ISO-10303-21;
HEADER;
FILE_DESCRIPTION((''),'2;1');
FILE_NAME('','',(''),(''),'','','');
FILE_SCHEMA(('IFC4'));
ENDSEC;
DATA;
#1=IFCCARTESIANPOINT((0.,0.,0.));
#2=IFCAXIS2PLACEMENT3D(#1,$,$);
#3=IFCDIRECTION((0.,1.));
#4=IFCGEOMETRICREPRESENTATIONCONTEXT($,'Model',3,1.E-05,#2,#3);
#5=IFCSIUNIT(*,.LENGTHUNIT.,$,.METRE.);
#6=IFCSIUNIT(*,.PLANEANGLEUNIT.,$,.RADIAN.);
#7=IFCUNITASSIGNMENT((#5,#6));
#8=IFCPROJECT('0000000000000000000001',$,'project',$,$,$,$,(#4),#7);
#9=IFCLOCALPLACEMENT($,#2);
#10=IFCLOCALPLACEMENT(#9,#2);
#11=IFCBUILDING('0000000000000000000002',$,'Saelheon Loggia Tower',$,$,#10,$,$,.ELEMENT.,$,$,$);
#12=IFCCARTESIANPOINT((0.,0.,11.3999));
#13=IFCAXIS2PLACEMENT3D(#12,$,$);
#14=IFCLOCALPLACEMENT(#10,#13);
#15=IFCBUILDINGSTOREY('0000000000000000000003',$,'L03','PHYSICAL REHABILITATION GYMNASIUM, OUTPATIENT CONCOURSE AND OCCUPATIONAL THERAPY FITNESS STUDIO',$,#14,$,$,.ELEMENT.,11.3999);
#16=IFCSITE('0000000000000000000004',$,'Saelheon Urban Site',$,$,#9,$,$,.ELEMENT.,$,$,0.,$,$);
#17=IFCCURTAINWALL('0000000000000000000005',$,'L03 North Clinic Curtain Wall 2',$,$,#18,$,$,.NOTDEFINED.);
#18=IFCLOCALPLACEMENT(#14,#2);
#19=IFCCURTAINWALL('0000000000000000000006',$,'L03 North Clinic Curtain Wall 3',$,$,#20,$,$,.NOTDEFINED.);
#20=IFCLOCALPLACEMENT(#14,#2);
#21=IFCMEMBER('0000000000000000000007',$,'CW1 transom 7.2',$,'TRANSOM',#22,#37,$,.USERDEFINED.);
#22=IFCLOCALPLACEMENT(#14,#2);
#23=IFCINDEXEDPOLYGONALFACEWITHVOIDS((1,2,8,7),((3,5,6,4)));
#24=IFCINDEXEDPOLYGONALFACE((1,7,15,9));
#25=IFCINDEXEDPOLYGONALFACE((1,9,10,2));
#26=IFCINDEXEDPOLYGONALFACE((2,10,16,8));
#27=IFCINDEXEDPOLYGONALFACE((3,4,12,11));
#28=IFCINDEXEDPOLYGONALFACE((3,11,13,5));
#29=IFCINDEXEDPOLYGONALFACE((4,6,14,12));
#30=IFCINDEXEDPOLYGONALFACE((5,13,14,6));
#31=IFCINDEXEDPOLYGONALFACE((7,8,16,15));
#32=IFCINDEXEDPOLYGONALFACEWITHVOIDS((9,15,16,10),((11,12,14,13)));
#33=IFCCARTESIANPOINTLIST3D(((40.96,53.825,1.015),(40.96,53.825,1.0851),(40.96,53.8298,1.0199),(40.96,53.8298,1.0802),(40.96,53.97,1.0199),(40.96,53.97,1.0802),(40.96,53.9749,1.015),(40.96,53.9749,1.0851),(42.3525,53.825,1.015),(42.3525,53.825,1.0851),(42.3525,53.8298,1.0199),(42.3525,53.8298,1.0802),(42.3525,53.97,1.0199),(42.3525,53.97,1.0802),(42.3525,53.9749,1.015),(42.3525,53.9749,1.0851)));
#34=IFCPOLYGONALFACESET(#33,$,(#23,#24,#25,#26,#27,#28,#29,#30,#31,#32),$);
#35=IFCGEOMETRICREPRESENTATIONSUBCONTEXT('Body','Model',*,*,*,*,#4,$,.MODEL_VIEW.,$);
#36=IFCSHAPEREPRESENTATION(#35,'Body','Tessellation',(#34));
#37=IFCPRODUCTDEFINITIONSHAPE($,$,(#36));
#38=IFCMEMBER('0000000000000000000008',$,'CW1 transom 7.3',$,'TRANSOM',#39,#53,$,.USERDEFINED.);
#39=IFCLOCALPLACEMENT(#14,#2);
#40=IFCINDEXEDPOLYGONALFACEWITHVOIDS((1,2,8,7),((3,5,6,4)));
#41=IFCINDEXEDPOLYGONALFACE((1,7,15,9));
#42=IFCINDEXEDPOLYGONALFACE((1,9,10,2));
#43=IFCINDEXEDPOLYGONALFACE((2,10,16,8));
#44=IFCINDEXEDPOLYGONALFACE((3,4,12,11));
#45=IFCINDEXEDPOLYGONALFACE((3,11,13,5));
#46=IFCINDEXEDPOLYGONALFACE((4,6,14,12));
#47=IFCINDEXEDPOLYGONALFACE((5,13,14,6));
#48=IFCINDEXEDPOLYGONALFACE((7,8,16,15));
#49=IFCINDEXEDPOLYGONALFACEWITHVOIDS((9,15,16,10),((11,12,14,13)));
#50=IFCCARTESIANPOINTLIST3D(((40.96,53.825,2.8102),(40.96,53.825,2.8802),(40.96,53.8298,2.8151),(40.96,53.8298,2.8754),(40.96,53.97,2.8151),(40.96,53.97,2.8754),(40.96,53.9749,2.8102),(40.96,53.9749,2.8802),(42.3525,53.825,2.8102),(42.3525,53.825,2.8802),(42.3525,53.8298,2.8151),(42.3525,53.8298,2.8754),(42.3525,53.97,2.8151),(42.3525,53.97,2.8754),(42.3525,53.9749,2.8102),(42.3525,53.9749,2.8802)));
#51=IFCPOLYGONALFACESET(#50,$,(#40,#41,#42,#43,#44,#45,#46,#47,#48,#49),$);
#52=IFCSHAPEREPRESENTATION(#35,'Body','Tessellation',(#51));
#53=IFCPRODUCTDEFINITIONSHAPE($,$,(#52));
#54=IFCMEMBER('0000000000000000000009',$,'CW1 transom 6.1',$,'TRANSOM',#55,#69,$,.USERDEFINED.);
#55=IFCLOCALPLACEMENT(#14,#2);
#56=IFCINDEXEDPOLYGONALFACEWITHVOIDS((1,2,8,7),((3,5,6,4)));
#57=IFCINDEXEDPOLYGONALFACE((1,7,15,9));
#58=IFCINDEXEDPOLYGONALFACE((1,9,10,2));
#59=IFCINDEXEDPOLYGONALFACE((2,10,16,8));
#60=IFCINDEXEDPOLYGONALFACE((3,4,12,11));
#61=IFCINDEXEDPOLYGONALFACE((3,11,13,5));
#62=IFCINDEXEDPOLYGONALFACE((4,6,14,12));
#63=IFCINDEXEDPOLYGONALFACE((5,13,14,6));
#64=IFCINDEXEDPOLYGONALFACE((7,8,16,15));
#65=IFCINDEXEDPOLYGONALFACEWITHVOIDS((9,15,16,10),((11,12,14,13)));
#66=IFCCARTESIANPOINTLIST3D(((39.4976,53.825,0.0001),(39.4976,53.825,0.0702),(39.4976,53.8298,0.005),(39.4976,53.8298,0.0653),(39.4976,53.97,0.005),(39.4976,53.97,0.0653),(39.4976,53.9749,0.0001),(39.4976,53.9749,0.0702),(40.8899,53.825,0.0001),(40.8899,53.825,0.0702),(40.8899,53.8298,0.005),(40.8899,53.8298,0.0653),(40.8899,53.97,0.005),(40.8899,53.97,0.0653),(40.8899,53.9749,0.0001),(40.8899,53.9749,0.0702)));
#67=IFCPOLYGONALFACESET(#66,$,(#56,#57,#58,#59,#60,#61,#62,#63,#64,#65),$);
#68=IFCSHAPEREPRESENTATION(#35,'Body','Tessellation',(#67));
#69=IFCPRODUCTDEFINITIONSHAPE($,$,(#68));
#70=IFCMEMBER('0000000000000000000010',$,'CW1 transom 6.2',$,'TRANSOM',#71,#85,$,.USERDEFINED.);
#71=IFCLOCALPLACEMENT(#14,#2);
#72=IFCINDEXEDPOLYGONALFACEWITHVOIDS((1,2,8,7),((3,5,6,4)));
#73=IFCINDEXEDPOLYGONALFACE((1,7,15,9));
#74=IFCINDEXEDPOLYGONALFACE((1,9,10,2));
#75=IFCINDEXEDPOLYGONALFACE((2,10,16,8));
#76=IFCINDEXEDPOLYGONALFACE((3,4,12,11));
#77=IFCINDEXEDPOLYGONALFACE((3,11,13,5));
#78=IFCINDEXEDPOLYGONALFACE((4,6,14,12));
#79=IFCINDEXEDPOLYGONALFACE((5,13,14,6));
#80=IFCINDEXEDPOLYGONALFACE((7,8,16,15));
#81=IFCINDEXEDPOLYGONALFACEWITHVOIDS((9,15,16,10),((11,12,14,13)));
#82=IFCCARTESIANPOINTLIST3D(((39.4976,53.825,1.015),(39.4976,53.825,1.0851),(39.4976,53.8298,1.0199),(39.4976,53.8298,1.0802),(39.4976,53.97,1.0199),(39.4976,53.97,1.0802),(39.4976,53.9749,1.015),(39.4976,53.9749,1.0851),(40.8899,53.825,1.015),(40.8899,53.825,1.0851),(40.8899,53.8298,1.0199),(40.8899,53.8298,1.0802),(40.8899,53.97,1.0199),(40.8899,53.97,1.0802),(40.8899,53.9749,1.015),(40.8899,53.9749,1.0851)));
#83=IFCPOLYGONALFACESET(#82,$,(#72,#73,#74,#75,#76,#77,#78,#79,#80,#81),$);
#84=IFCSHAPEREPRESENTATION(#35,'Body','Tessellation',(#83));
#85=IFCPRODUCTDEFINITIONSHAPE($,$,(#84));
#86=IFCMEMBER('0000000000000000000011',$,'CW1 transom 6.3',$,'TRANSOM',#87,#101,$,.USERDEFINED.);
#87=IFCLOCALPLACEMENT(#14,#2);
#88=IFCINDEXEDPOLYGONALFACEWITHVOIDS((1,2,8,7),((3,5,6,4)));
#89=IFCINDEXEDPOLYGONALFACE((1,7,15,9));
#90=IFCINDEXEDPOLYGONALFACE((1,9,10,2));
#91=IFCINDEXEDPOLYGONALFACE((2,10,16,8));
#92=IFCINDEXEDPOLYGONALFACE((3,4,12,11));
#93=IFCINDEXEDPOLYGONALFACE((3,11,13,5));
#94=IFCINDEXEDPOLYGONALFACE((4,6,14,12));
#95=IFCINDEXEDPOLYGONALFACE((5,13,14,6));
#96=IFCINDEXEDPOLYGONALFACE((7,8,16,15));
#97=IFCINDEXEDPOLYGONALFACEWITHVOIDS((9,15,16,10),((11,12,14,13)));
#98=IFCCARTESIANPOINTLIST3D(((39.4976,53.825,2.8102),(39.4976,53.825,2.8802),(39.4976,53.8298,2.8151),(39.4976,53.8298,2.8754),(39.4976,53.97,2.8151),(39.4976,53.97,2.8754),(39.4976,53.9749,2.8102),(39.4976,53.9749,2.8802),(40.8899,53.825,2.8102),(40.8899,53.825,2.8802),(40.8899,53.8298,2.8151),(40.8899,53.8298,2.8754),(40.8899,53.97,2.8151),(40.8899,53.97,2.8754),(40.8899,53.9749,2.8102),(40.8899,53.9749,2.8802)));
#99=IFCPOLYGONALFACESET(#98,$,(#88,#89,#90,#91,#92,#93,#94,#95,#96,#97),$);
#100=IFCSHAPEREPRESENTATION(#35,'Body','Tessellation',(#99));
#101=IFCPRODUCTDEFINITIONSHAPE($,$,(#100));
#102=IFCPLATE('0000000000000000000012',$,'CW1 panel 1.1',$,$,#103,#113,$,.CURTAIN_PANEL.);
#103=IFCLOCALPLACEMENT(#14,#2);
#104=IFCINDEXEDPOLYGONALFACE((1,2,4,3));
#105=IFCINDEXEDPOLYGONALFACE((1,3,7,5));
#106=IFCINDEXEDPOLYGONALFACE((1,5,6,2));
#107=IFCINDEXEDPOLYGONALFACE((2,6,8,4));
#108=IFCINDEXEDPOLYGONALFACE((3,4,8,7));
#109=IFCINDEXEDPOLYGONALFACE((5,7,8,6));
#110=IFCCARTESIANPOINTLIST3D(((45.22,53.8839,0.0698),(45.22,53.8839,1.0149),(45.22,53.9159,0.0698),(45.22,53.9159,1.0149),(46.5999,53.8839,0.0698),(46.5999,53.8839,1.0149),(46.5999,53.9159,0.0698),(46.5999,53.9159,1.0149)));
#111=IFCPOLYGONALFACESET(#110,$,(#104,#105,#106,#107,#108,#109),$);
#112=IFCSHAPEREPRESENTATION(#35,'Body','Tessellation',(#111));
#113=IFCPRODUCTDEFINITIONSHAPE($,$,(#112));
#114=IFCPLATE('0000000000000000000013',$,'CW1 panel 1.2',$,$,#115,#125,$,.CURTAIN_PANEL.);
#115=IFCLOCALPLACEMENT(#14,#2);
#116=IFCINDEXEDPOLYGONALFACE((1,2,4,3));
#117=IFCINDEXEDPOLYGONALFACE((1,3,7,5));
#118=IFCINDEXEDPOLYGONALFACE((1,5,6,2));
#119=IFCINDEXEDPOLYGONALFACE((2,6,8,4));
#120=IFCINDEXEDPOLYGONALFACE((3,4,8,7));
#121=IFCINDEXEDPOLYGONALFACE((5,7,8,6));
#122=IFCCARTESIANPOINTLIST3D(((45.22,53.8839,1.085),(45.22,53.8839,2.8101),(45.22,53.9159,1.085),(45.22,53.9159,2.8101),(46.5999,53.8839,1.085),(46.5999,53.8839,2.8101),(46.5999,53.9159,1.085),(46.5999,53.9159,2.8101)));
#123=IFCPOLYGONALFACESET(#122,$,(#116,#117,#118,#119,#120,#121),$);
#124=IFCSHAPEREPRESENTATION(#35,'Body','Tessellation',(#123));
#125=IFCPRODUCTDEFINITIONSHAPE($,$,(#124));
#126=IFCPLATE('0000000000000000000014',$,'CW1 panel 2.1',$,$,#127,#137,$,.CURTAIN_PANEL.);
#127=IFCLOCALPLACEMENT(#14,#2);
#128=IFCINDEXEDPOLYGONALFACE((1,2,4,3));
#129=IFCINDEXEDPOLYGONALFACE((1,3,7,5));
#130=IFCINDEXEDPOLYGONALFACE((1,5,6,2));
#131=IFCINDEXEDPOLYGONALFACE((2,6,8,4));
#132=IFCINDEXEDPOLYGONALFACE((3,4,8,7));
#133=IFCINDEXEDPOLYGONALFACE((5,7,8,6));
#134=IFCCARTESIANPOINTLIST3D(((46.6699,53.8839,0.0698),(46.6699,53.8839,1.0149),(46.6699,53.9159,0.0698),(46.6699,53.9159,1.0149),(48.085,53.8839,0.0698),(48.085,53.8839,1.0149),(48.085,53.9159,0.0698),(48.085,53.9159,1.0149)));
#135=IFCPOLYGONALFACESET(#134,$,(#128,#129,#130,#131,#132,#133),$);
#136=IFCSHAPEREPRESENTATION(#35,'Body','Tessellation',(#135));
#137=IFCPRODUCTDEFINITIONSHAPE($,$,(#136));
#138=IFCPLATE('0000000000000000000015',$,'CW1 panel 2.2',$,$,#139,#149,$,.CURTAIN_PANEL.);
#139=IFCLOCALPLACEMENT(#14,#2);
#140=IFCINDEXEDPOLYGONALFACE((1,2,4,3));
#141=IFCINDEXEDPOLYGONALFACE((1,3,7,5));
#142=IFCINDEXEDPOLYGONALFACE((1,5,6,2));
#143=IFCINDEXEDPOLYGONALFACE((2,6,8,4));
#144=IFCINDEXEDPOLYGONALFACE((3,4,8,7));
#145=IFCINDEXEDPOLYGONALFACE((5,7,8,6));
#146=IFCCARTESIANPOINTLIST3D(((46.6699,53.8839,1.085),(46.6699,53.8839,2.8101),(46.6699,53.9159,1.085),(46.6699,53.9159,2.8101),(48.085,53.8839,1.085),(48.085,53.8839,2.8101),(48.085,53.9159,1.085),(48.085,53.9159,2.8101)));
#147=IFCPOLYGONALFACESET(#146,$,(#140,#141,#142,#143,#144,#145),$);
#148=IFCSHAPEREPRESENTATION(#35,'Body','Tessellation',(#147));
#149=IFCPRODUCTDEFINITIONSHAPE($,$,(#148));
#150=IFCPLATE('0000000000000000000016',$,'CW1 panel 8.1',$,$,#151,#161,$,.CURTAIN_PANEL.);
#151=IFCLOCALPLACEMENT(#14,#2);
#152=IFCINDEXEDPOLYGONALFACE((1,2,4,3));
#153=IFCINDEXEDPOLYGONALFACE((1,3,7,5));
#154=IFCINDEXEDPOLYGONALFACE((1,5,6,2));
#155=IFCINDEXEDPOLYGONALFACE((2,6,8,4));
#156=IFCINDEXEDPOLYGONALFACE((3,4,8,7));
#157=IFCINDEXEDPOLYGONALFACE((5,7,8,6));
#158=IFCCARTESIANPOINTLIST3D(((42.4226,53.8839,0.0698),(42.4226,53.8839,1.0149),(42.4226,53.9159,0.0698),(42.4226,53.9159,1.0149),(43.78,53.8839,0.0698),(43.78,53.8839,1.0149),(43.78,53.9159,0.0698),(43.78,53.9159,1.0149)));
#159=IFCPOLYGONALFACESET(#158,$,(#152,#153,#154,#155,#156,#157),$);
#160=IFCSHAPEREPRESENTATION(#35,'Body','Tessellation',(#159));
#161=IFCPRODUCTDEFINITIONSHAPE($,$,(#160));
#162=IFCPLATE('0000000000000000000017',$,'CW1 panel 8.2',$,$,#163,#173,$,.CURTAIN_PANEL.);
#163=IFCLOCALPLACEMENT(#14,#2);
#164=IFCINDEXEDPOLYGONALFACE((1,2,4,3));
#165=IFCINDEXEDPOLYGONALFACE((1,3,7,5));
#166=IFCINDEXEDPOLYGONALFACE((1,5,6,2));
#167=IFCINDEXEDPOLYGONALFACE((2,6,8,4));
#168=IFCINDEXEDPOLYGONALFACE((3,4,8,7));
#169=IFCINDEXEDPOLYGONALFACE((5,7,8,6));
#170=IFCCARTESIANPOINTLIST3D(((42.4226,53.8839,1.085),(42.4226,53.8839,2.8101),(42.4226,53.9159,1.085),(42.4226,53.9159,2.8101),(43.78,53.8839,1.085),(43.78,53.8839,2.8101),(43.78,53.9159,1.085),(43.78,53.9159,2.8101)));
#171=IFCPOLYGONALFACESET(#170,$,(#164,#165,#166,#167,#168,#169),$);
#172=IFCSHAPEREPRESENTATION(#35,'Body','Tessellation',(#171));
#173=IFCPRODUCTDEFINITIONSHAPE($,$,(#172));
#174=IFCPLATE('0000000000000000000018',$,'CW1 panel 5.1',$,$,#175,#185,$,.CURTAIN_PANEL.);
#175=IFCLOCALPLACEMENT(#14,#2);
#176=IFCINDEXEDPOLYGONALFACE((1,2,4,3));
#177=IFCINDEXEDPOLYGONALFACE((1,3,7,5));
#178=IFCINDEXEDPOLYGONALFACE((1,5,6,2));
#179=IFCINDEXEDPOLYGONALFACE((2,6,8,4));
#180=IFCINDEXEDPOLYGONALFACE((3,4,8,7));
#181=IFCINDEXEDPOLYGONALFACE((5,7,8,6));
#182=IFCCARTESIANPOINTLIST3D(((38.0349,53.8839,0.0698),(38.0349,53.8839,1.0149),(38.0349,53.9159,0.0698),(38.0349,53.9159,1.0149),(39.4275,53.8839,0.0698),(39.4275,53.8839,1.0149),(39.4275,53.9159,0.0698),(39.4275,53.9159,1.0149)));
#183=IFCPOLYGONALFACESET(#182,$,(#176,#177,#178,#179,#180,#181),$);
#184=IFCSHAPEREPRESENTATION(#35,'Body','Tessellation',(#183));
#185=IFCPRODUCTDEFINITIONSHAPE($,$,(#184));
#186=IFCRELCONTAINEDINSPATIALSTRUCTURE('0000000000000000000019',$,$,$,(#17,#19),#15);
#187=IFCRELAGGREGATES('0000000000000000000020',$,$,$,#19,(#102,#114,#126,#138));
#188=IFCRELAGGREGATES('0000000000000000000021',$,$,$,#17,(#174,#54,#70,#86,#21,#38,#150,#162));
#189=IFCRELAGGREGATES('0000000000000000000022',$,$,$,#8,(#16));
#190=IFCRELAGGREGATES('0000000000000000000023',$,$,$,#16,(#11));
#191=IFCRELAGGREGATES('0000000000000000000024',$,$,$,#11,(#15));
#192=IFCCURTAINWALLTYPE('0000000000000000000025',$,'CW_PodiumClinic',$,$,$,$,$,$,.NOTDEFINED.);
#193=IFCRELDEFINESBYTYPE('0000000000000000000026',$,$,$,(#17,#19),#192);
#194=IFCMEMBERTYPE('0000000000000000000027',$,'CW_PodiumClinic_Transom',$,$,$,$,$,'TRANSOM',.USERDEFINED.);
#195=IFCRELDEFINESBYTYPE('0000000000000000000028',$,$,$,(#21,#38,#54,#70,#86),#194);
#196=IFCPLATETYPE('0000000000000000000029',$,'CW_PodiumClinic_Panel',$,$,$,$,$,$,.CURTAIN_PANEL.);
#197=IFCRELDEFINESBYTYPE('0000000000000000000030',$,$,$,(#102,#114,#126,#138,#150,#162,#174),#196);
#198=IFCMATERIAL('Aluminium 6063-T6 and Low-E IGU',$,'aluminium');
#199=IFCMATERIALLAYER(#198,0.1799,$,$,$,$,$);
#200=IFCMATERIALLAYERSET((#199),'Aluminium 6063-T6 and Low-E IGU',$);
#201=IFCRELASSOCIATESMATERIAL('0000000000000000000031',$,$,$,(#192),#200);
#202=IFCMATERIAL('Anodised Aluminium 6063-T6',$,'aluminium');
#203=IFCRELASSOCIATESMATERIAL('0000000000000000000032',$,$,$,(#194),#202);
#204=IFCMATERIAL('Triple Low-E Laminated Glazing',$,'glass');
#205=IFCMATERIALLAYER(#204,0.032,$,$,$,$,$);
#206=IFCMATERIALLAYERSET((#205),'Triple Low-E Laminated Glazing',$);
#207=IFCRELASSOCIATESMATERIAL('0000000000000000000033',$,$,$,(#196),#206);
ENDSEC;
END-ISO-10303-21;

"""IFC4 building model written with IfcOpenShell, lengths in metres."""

from ifc_helpers import new_model, si_unit, direction, frame, origin, origin_2d, place, context, subcontext, project, spatial, rectangle, hollow_rectangle, extrude, source, transform, mapped, material, layer, layer_set, material_profile, profile_set, type_object, element, aggregate, save


model = new_model("IFC4")

# Units and contexts
model_context = context("Model", 3, precision=1e-05, world=origin(), true_north=direction((0.0, 1.0)))
body_context = subcontext(model_context, "Body", "Model", "MODEL_VIEW")
ifc_project = project(units=[si_unit("LENGTHUNIT", "METRE"), si_unit("PLANEANGLEUNIT", "RADIAN")], contexts=[model_context])

# Site, building, storey
site_placement = place(None, origin())
site = spatial("IfcSite", under=ifc_project, at=site_placement, Name="Saelheon Urban Site", CompositionType="ELEMENT", RefElevation=0.0)
building_placement = place(site_placement, origin())
building = spatial("IfcBuilding", under=site, at=building_placement, Name="Saelheon Loggia Tower", CompositionType="ELEMENT")
storey_placement = place(building_placement, frame((0.0, 0.0, 11.3999)))
storey = spatial("IfcBuildingStorey", under=building, at=storey_placement, Name="L03", Description="PHYSICAL REHABILITATION GYMNASIUM, OUTPATIENT CONCOURSE AND OCCUPATIONAL THERAPY FITNESS STUDIO", CompositionType="ELEMENT", Elevation=11.3999)

# Curtain walls
ifc_material_1 = material(Name="Aluminium 6063-T6 and Low-E IGU", Category="aluminium")
ifc_layer_1 = layer(ifc_material_1, 0.1799)
ifc_layer_set_1 = layer_set([ifc_layer_1], Name="Aluminium 6063-T6 and Low-E IGU")
curtain_wall_type = type_object("IfcCurtainWallType", Name="CW_PodiumClinic", PredefinedType="NOTDEFINED", material=ifc_layer_set_1)
curtain_wall_1_placement = place(storey_placement, origin())
curtain_wall_1 = element("IfcCurtainWall", 1, at=curtain_wall_1_placement, inside=storey, type_object=curtain_wall_type, Name="L03 North Clinic Curtain Wall 2", PredefinedType="NOTDEFINED")
ifc_material_2 = material(Name="Anodised Aluminium 6063-T6", Category="aluminium")
curtain_wall_2_placement = place(storey_placement, origin())
curtain_wall_2 = element("IfcCurtainWall", 2, at=curtain_wall_2_placement, inside=storey, type_object=curtain_wall_type, Name="L03 North Clinic Curtain Wall 3", PredefinedType="NOTDEFINED")
ifc_material_profile_1 = material_profile(ifc_material_2, hollow_rectangle(XDim=0.0701, YDim=0.1499, WallThickness=0.0049, at=origin_2d()), Name="RHS-150x70x5")
ifc_profile_set_1 = profile_set([ifc_material_profile_1], Name="Anodised Aluminium 6063-T6")
member_type_1 = type_object("IfcMemberType", Name="CW_PodiumClinic_Transom", ElementType="TRANSOM", PredefinedType="USERDEFINED", material=ifc_profile_set_1)

# Members
shared_shape_1 = source(origin(), body_context, "Body", "SweptSolid", [
    extrude(hollow_rectangle(XDim=0.0701, YDim=0.1499, WallThickness=0.0049, at=origin_2d()), origin(), (0.0, 0.0, 1.0), 1.3926),
])
member_1_placement = place(storey_placement, frame((40.96, 53.8999, 1.05), z_axis=(1.0, 0.0, 0.0), x_axis=(0.0, 0.0, 1.0)))
member_1 = element("IfcMember", 3, at=member_1_placement, type_object=member_type_1, Name="CW1 transom 7.2", ObjectType="TRANSOM", PredefinedType="USERDEFINED", context=body_context, shape_type="MappedRepresentation", body=[
    mapped(shared_shape_1, transform((0.0, 0.0, 0.0), scale=1.0)),
])
member_2_placement = place(storey_placement, frame((40.96, 53.8999, 2.8452), z_axis=(1.0, 0.0, 0.0), x_axis=(0.0, 0.0, 1.0)))
member_2 = element("IfcMember", 4, at=member_2_placement, type_object=member_type_1, Name="CW1 transom 7.3", ObjectType="TRANSOM", PredefinedType="USERDEFINED", context=body_context, shape_type="MappedRepresentation", body=[
    mapped(shared_shape_1, transform((0.0, 0.0, 0.0), scale=1.0)),
])
shared_shape_2 = source(origin(), body_context, "Body", "SweptSolid", [
    extrude(hollow_rectangle(XDim=0.0701, YDim=0.1499, WallThickness=0.0049, at=origin_2d()), origin(), (0.0, 0.0, 1.0), 1.3923),
])
member_3_placement = place(storey_placement, frame((39.4976, 53.8999, 0.0352), z_axis=(1.0, 0.0, 0.0), x_axis=(0.0, 0.0, 1.0)))
member_3 = element("IfcMember", 5, at=member_3_placement, type_object=member_type_1, Name="CW1 transom 6.1", ObjectType="TRANSOM", PredefinedType="USERDEFINED", context=body_context, shape_type="MappedRepresentation", body=[
    mapped(shared_shape_2, transform((0.0, 0.0, 0.0), scale=1.0)),
])
member_4_placement = place(storey_placement, frame((39.4976, 53.8999, 1.05), z_axis=(1.0, 0.0, 0.0), x_axis=(0.0, 0.0, 1.0)))
member_4 = element("IfcMember", 6, at=member_4_placement, type_object=member_type_1, Name="CW1 transom 6.2", ObjectType="TRANSOM", PredefinedType="USERDEFINED", context=body_context, shape_type="MappedRepresentation", body=[
    mapped(shared_shape_2, transform((0.0, 0.0, 0.0), scale=1.0)),
])
member_5_placement = place(storey_placement, frame((39.4976, 53.8999, 2.8452), z_axis=(1.0, 0.0, 0.0), x_axis=(0.0, 0.0, 1.0)))
member_5 = element("IfcMember", 7, at=member_5_placement, type_object=member_type_1, Name="CW1 transom 6.3", ObjectType="TRANSOM", PredefinedType="USERDEFINED", context=body_context, shape_type="MappedRepresentation", body=[
    mapped(shared_shape_2, transform((0.0, 0.0, 0.0), scale=1.0)),
])

# Plates
ifc_material_3 = material(Name="Triple Low-E Laminated Glazing", Category="glass")
ifc_layer_2 = layer(ifc_material_3, 0.032)
ifc_layer_set_2 = layer_set([ifc_layer_2], Name="Triple Low-E Laminated Glazing")
plate_type = type_object("IfcPlateType", Name="CW_PodiumClinic_Panel", PredefinedType="CURTAIN_PANEL", material=ifc_layer_set_2)
shared_shape_3 = source(origin(), body_context, "Body", "SweptSolid", [
    extrude(rectangle(XDim=1.3799, YDim=0.032, at=origin_2d()), origin(), (0.0, 0.0, 1.0), 0.9451),
])
plate_1_placement = place(storey_placement, frame((45.9099, 53.8999, 0.0698), z_axis=(0.0, 0.0, 1.0), x_axis=(1.0, 0.0, 0.0)))
plate_1 = element("IfcPlate", 8, at=plate_1_placement, type_object=plate_type, Name="CW1 panel 1.1", PredefinedType="CURTAIN_PANEL", context=body_context, shape_type="MappedRepresentation", body=[
    mapped(shared_shape_3, transform((0.0, 0.0, 0.0), scale=1.0)),
])
shared_shape_4 = source(origin(), body_context, "Body", "SweptSolid", [
    extrude(rectangle(XDim=1.3799, YDim=0.032, at=origin_2d()), origin(), (0.0, 0.0, 1.0), 1.7251),
])
plate_2_placement = place(storey_placement, frame((45.9099, 53.8999, 1.085), z_axis=(0.0, 0.0, 1.0), x_axis=(1.0, 0.0, 0.0)))
plate_2 = element("IfcPlate", 9, at=plate_2_placement, type_object=plate_type, Name="CW1 panel 1.2", PredefinedType="CURTAIN_PANEL", context=body_context, shape_type="MappedRepresentation", body=[
    mapped(shared_shape_4, transform((0.0, 0.0, 0.0), scale=1.0)),
])
shared_shape_5 = source(origin(), body_context, "Body", "SweptSolid", [
    extrude(rectangle(XDim=1.415, YDim=0.032, at=origin_2d()), origin(), (0.0, 0.0, 1.0), 0.9451),
])
plate_3_placement = place(storey_placement, frame((47.3774, 53.8999, 0.0698), z_axis=(0.0, 0.0, 1.0), x_axis=(1.0, 0.0, 0.0)))
plate_3 = element("IfcPlate", 10, at=plate_3_placement, type_object=plate_type, Name="CW1 panel 2.1", PredefinedType="CURTAIN_PANEL", context=body_context, shape_type="MappedRepresentation", body=[
    mapped(shared_shape_5, transform((0.0, 0.0, 0.0), scale=1.0)),
])
shared_shape_6 = source(origin(), body_context, "Body", "SweptSolid", [
    extrude(rectangle(XDim=1.415, YDim=0.032, at=origin_2d()), origin(), (0.0, 0.0, 1.0), 1.7251),
])
plate_4_placement = place(storey_placement, frame((47.3774, 53.8999, 1.085), z_axis=(0.0, 0.0, 1.0), x_axis=(1.0, 0.0, 0.0)))
plate_4 = element("IfcPlate", 11, at=plate_4_placement, type_object=plate_type, Name="CW1 panel 2.2", PredefinedType="CURTAIN_PANEL", context=body_context, shape_type="MappedRepresentation", body=[
    mapped(shared_shape_6, transform((0.0, 0.0, 0.0), scale=1.0)),
])
aggregate(curtain_wall_2, [plate_1, plate_2, plate_3, plate_4])
shared_shape_7 = source(origin(), body_context, "Body", "SweptSolid", [
    extrude(rectangle(XDim=1.3574, YDim=0.032, at=origin_2d()), origin(), (0.0, 0.0, 1.0), 0.9451),
])
plate_5_placement = place(storey_placement, frame((43.1013, 53.8999, 0.0698), z_axis=(0.0, 0.0, 1.0), x_axis=(1.0, 0.0, 0.0)))
plate_5 = element("IfcPlate", 12, at=plate_5_placement, type_object=plate_type, Name="CW1 panel 8.1", PredefinedType="CURTAIN_PANEL", context=body_context, shape_type="MappedRepresentation", body=[
    mapped(shared_shape_7, transform((0.0, 0.0, 0.0), scale=1.0)),
])
shared_shape_8 = source(origin(), body_context, "Body", "SweptSolid", [
    extrude(rectangle(XDim=1.3574, YDim=0.032, at=origin_2d()), origin(), (0.0, 0.0, 1.0), 1.7251),
])
plate_6_placement = place(storey_placement, frame((43.1013, 53.8999, 1.085), z_axis=(0.0, 0.0, 1.0), x_axis=(1.0, 0.0, 0.0)))
plate_6 = element("IfcPlate", 13, at=plate_6_placement, type_object=plate_type, Name="CW1 panel 8.2", PredefinedType="CURTAIN_PANEL", context=body_context, shape_type="MappedRepresentation", body=[
    mapped(shared_shape_8, transform((0.0, 0.0, 0.0), scale=1.0)),
])
shared_shape_9 = source(origin(), body_context, "Body", "SweptSolid", [
    extrude(rectangle(XDim=1.3926, YDim=0.032, at=origin_2d()), origin(), (0.0, 0.0, 1.0), 0.9451),
])
plate_7_placement = place(storey_placement, frame((38.7312, 53.8999, 0.0698), z_axis=(0.0, 0.0, 1.0), x_axis=(1.0, 0.0, 0.0)))
plate_7 = element("IfcPlate", 14, at=plate_7_placement, type_object=plate_type, Name="CW1 panel 5.1", PredefinedType="CURTAIN_PANEL", context=body_context, shape_type="MappedRepresentation", body=[
    mapped(shared_shape_9, transform((0.0, 0.0, 0.0), scale=1.0)),
])
aggregate(curtain_wall_1, [plate_7, member_3, member_4, member_5, member_1, member_2, plate_5, plate_6])

save(model, "model.ifc")
